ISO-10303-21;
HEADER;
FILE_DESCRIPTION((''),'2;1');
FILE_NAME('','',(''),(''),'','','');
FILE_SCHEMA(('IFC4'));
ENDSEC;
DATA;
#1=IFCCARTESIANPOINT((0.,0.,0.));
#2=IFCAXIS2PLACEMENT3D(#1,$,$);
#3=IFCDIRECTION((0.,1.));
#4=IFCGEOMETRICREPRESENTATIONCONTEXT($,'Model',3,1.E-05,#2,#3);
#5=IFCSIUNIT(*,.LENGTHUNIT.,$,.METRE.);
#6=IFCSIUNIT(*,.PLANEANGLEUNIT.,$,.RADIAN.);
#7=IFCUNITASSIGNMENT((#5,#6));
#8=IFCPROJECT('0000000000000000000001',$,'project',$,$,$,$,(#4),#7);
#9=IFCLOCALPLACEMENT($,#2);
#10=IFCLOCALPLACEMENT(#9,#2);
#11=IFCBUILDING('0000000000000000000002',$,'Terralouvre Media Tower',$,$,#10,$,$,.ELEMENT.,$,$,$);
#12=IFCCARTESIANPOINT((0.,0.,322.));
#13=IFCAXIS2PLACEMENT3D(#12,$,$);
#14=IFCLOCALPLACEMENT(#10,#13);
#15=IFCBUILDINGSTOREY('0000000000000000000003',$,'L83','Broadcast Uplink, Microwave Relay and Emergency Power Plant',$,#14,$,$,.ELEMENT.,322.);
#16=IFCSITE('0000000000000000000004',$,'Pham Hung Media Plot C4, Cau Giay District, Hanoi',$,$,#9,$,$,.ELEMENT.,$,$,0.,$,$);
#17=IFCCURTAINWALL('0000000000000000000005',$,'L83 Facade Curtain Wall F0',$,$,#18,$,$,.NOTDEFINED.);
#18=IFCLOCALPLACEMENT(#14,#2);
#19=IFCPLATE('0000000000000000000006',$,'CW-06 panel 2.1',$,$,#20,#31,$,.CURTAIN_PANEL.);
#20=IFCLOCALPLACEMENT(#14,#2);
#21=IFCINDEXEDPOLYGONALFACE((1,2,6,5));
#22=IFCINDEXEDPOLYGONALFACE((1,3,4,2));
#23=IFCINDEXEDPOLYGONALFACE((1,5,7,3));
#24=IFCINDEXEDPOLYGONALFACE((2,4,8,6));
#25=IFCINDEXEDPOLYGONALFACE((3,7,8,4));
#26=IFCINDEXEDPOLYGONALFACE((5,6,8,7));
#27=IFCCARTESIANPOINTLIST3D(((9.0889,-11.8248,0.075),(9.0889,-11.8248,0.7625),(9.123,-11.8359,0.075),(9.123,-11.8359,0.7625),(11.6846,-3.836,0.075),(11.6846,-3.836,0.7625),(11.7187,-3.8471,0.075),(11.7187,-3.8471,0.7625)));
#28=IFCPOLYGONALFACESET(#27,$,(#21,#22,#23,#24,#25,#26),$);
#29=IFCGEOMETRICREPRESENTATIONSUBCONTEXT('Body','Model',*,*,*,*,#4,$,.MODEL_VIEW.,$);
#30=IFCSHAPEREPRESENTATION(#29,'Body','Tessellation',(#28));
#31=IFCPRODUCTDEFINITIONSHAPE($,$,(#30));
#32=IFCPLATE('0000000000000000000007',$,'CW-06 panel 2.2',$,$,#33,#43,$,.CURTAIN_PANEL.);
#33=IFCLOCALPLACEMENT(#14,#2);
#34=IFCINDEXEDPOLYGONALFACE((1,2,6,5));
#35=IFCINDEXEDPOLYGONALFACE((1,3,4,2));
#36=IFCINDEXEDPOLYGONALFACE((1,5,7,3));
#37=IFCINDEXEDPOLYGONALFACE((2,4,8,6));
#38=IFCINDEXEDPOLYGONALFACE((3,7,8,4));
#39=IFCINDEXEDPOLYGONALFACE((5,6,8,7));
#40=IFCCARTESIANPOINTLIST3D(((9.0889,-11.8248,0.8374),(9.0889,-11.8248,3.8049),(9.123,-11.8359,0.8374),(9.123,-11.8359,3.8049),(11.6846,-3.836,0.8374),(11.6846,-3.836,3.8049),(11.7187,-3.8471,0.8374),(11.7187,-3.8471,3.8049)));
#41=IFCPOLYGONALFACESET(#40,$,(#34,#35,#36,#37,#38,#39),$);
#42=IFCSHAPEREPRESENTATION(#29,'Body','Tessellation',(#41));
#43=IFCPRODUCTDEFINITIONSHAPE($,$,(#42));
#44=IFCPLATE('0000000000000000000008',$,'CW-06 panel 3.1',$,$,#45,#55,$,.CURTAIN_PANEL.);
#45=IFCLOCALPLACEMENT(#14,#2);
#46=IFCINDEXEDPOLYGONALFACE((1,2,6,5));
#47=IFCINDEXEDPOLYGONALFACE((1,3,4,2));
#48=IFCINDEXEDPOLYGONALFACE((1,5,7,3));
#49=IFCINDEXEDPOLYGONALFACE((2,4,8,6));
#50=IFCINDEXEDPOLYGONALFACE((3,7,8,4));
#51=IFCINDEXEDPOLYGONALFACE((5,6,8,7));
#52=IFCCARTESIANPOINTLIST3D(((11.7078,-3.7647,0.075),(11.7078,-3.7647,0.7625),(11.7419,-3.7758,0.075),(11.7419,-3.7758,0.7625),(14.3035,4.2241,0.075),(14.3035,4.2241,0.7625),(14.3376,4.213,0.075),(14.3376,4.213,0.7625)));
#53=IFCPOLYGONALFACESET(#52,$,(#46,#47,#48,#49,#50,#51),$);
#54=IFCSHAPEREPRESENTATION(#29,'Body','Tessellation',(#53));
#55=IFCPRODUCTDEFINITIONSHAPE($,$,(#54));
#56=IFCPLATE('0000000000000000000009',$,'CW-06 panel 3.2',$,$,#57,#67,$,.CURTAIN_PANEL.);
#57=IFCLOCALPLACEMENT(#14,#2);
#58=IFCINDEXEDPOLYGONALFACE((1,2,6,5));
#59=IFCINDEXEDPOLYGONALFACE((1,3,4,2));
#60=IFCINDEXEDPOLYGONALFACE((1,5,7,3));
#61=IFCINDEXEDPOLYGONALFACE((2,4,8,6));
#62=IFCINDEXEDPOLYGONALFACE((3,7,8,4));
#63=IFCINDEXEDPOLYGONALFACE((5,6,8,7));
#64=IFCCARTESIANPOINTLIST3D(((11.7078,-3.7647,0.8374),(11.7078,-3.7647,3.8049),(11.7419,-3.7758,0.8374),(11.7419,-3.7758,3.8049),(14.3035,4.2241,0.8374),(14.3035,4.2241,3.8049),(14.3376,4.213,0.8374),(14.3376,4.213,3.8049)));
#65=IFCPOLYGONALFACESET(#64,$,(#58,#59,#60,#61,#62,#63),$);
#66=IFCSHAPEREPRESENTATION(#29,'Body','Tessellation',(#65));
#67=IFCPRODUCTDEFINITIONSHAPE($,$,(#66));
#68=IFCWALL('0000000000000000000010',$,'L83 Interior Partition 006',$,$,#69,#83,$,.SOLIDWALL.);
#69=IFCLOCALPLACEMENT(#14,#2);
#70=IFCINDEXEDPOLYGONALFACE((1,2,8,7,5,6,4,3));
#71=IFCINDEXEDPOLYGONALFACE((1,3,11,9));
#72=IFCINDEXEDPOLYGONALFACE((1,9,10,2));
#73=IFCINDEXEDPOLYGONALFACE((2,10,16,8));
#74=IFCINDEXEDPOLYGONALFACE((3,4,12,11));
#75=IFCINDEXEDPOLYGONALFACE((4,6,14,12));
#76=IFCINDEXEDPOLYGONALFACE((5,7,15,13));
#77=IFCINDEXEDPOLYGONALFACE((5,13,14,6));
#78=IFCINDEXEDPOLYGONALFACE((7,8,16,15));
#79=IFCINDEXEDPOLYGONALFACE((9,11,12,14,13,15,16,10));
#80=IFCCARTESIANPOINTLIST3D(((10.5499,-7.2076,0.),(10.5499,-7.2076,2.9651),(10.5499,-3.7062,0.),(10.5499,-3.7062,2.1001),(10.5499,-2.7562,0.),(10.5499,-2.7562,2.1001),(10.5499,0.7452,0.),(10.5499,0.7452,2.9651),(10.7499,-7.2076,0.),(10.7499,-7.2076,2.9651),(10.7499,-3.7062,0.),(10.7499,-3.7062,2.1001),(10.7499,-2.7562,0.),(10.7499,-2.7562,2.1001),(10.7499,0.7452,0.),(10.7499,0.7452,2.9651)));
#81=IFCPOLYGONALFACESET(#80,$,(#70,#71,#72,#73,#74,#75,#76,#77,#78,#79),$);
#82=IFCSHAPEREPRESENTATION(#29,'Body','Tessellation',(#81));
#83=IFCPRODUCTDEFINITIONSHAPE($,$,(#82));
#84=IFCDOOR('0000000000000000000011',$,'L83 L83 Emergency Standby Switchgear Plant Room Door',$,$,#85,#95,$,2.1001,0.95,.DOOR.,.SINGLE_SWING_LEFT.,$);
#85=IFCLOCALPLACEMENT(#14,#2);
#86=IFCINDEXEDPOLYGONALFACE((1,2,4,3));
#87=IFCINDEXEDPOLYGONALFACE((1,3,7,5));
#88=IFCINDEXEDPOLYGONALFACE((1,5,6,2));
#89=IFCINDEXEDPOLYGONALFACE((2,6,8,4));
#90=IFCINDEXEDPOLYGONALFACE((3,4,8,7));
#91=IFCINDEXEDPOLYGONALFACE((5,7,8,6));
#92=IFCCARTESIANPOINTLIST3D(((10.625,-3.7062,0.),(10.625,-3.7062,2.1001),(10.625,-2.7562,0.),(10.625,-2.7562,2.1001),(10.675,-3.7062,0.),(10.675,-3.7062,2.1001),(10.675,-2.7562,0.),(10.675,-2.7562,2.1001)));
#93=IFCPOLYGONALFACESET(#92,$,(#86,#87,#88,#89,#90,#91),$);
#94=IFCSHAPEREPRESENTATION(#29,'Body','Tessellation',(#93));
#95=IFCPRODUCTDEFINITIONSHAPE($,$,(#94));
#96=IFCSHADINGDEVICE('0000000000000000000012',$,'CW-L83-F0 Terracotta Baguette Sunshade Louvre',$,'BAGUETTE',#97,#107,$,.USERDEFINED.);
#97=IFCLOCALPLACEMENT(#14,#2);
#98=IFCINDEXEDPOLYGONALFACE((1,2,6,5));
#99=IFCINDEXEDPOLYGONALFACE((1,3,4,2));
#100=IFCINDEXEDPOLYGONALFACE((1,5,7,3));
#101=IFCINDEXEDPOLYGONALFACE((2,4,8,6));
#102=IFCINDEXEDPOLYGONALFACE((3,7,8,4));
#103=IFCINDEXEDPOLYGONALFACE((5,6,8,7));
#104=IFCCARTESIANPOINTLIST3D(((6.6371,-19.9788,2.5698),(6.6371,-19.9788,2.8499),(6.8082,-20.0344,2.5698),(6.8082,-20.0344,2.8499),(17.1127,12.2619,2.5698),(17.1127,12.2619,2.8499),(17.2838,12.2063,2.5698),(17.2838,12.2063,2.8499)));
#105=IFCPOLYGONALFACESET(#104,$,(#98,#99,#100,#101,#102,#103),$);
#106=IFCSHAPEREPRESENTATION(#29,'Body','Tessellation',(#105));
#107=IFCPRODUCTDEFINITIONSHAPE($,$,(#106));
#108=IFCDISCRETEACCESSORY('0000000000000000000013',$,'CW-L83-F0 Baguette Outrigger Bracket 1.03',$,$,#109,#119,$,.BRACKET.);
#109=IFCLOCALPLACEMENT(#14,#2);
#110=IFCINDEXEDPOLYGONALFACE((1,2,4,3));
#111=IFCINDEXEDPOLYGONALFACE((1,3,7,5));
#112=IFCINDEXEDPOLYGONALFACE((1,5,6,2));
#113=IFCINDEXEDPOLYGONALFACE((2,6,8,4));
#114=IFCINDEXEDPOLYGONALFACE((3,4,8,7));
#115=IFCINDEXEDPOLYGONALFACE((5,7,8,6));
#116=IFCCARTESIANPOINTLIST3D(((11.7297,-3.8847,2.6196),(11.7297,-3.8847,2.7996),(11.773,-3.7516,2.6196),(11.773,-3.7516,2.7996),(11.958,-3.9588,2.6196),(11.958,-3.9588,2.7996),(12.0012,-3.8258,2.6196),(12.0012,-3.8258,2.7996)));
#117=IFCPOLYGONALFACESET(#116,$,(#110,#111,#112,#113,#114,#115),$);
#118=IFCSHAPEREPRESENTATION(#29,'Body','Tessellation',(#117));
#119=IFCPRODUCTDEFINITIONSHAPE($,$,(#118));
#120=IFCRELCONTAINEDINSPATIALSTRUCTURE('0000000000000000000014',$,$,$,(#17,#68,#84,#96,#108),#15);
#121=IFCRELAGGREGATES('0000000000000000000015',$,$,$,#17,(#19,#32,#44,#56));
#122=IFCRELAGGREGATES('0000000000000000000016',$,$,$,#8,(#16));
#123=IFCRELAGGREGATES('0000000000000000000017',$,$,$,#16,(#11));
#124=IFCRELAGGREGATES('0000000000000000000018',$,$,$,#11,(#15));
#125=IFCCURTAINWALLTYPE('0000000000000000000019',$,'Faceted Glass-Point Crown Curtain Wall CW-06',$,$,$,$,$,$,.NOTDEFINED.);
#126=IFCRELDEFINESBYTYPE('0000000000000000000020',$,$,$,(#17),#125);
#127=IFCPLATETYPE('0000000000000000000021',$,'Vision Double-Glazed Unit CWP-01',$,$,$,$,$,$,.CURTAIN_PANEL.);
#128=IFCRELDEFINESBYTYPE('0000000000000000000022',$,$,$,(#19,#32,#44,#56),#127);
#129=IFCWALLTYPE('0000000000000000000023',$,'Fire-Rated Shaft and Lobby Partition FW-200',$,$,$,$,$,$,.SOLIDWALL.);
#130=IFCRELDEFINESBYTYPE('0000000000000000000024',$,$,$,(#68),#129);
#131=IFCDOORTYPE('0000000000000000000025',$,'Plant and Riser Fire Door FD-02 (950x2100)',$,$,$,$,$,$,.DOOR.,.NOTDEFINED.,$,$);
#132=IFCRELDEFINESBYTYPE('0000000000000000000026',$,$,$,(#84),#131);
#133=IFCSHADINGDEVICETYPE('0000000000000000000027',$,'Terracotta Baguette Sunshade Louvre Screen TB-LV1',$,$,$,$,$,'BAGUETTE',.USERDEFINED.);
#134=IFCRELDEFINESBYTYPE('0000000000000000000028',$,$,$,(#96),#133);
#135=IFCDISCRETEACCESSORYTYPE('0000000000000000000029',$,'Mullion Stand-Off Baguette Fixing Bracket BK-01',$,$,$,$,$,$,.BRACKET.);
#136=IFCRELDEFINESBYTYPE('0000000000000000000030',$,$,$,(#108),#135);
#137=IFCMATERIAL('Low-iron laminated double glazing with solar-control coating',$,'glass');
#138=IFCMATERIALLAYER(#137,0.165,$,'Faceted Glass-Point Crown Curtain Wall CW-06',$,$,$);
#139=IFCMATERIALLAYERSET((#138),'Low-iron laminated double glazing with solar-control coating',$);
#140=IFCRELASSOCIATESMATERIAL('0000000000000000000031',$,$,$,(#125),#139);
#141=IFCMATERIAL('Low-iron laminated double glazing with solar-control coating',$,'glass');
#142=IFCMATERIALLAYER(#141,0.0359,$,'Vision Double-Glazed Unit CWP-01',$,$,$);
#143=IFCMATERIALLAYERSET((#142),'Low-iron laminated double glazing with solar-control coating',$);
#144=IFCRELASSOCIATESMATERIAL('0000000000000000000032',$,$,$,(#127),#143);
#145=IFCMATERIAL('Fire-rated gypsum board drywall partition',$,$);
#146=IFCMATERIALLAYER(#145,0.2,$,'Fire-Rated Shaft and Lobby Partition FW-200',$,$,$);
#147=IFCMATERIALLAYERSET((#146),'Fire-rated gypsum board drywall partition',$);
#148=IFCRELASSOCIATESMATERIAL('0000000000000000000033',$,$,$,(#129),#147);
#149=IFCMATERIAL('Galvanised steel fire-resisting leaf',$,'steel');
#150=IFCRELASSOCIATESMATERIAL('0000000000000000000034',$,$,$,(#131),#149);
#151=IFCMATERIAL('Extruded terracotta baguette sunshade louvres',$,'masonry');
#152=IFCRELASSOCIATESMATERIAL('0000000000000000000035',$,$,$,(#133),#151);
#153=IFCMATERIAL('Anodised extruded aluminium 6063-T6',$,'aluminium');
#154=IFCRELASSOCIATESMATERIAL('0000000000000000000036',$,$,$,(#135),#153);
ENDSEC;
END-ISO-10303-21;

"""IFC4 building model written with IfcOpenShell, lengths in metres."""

from ifc_helpers import new_model, si_unit, direction, frame, frame_2d, origin, origin_2d, place, context, subcontext, project, spatial, rectangle, extrude, material, layer, layer_set, type_object, element, fill, aggregate, save


model = new_model("IFC4")

# Units and contexts
model_context = context("Model", 3, precision=1e-05, world=origin(), true_north=direction((0.0, 1.0)))
body_context = subcontext(model_context, "Body", "Model", "MODEL_VIEW")
ifc_project = project(units=[si_unit("LENGTHUNIT", "METRE"), si_unit("PLANEANGLEUNIT", "RADIAN")], contexts=[model_context])

# Site, building, storey
site_placement = place(None, origin())
site = spatial("IfcSite", under=ifc_project, at=site_placement, Name="Pham Hung Media Plot C4, Cau Giay District, Hanoi", CompositionType="ELEMENT", RefElevation=0.0)
building_placement = place(site_placement, origin())
building = spatial("IfcBuilding", under=site, at=building_placement, Name="Terralouvre Media Tower", CompositionType="ELEMENT")
storey_placement = place(building_placement, frame((0.0, 0.0, 322.0)))
storey = spatial("IfcBuildingStorey", under=building, at=storey_placement, Name="L83", Description="Broadcast Uplink, Microwave Relay and Emergency Power Plant", CompositionType="ELEMENT", Elevation=322.0)

# Curtain wall
ifc_material_1 = material(Name="Low-iron laminated double glazing with solar-control coating", Category="glass")
ifc_layer_1 = layer(ifc_material_1, 0.165, Name="Faceted Glass-Point Crown Curtain Wall CW-06")
ifc_layer_set_1 = layer_set([ifc_layer_1], Name="Low-iron laminated double glazing with solar-control coating")
curtain_wall_type = type_object("IfcCurtainWallType", Name="Faceted Glass-Point Crown Curtain Wall CW-06", PredefinedType="NOTDEFINED", material=ifc_layer_set_1)
curtain_wall_placement = place(storey_placement, origin())
curtain_wall = element("IfcCurtainWall", 1, at=curtain_wall_placement, inside=storey, type_object=curtain_wall_type, Name="L83 Facade Curtain Wall F0", PredefinedType="NOTDEFINED")

# Plates
ifc_material_2 = material(Name="Low-iron laminated double glazing with solar-control coating", Category="glass")
ifc_layer_2 = layer(ifc_material_2, 0.0359, Name="Vision Double-Glazed Unit CWP-01")
ifc_layer_set_2 = layer_set([ifc_layer_2], Name="Low-iron laminated double glazing with solar-control coating")
plate_type = type_object("IfcPlateType", Name="Vision Double-Glazed Unit CWP-01", PredefinedType="CURTAIN_PANEL", material=ifc_layer_set_2)
plate_1_placement = place(storey_placement, frame((10.4038, -7.8359, 0.075), z_axis=(0.0, 0.0, 1.0), x_axis=(0.309017, 0.951057, 0.0)))
plate_1 = element("IfcPlate", 2, at=plate_1_placement, type_object=plate_type, Name="CW-06 panel 2.1", PredefinedType="CURTAIN_PANEL", context=body_context, shape_type="SweptSolid", body=[
    extrude(rectangle(XDim=8.3999, YDim=0.0359, at=origin_2d()), origin(), (0.0, 0.0, 1.0), 0.6875),
])
plate_2_placement = place(storey_placement, frame((10.4038, -7.8359, 0.8374), z_axis=(0.0, 0.0, 1.0), x_axis=(0.309017, 0.951057, 0.0)))
plate_2 = element("IfcPlate", 3, at=plate_2_placement, type_object=plate_type, Name="CW-06 panel 2.2", PredefinedType="CURTAIN_PANEL", context=body_context, shape_type="SweptSolid", body=[
    extrude(rectangle(XDim=8.3999, YDim=0.0359, at=origin_2d()), origin(), (0.0, 0.0, 1.0), 2.9675),
])
plate_3_placement = place(storey_placement, frame((13.0227, 0.2241, 0.075), z_axis=(0.0, 0.0, 1.0), x_axis=(0.309017, 0.951057, 0.0)))
plate_3 = element("IfcPlate", 4, at=plate_3_placement, type_object=plate_type, Name="CW-06 panel 3.1", PredefinedType="CURTAIN_PANEL", context=body_context, shape_type="SweptSolid", body=[
    extrude(rectangle(XDim=8.3999, YDim=0.0359, at=origin_2d()), origin(), (0.0, 0.0, 1.0), 0.6875),
])
plate_4_placement = place(storey_placement, frame((13.0227, 0.2241, 0.8374), z_axis=(0.0, 0.0, 1.0), x_axis=(0.309017, 0.951057, 0.0)))
plate_4 = element("IfcPlate", 5, at=plate_4_placement, type_object=plate_type, Name="CW-06 panel 3.2", PredefinedType="CURTAIN_PANEL", context=body_context, shape_type="SweptSolid", body=[
    extrude(rectangle(XDim=8.3999, YDim=0.0359, at=origin_2d()), origin(), (0.0, 0.0, 1.0), 2.9675),
])
aggregate(curtain_wall, [plate_1, plate_2, plate_3, plate_4])

# Wall, opening, door
ifc_material_3 = material(Name="Fire-rated gypsum board drywall partition")
ifc_layer_3 = layer(ifc_material_3, 0.2, Name="Fire-Rated Shaft and Lobby Partition FW-200")
ifc_layer_set_3 = layer_set([ifc_layer_3], Name="Fire-rated gypsum board drywall partition")
wall_type = type_object("IfcWallType", Name="Fire-Rated Shaft and Lobby Partition FW-200", PredefinedType="SOLIDWALL", material=ifc_layer_set_3)
wall_placement = place(storey_placement, frame((10.6499, -7.2078, 0.0), z_axis=(0.0, 0.0, 1.0), x_axis=(0.0, 1.0, 0.0)))
wall = element("IfcWall", 6, at=wall_placement, inside=storey, type_object=wall_type, Name="L83 Interior Partition 006", PredefinedType="SOLIDWALL", context=body_context, shape_type="SweptSolid", body=[
    extrude(rectangle(XDim=7.9529, YDim=0.2, at=frame_2d((3.9766, 0.0))), origin(), (0.0, 0.0, 1.0), 2.9651),
])
opening_placement = place(wall_placement, frame((3.5015, 0.0, 0.0)))
opening = element("IfcOpeningElement", 7, at=opening_placement, cuts=wall, PredefinedType="OPENING", context=body_context, shape_type="SweptSolid", body=[
    extrude(rectangle(XDim=0.95, YDim=2.1001, at=frame_2d((0.4751, 1.05))), frame((0.0, 0.1099, 0.0), z_axis=(0.0, -1.0, 0.0), x_axis=(1.0, 0.0, 0.0)), (0.0, 0.0, 1.0), 0.22),
])
ifc_material_4 = material(Name="Galvanised steel fire-resisting leaf", Category="steel")
door_type = type_object("IfcDoorType", Name="Plant and Riser Fire Door FD-02 (950x2100)", OperationType="NOTDEFINED", PredefinedType="DOOR", material=ifc_material_4)
door_placement = place(opening_placement, origin())
door = element("IfcDoor", 8, at=door_placement, inside=storey, type_object=door_type, Name="L83 L83 Emergency Standby Switchgear Plant Room Door", OperationType="SINGLE_SWING_LEFT", OverallHeight=2.1001, OverallWidth=0.95, PredefinedType="DOOR", context=body_context, shape_type="SweptSolid", body=[
    extrude(rectangle(XDim=0.95, YDim=2.1001, at=frame_2d((0.4751, 1.05))), frame((0.0, 0.0249, 0.0), z_axis=(0.0, -1.0, 0.0), x_axis=(1.0, 0.0, 0.0)), (0.0, 0.0, 1.0), 0.05),
])
fill(opening, door)

# Shading device
ifc_material_5 = material(Name="Extruded terracotta baguette sunshade louvres", Category="masonry")
shading_device_type = type_object("IfcShadingDeviceType", Name="Terracotta Baguette Sunshade Louvre Screen TB-LV1", ElementType="BAGUETTE", PredefinedType="USERDEFINED", material=ifc_material_5)
shading_device_placement = place(storey_placement, frame((11.9604, -3.8862, 2.5698), z_axis=(0.0, 0.0, 1.0), x_axis=(0.309017, 0.951057, 0.0)))
element("IfcShadingDevice", 9, at=shading_device_placement, inside=storey, type_object=shading_device_type, Name="CW-L83-F0 Terracotta Baguette Sunshade Louvre", ObjectType="BAGUETTE", PredefinedType="USERDEFINED", context=body_context, shape_type="SweptSolid", body=[
    extrude(rectangle(XDim=33.8999, YDim=0.1799, at=origin_2d()), origin(), (0.0, 0.0, 1.0), 0.28),
])

# Discrete accessory
ifc_material_6 = material(Name="Anodised extruded aluminium 6063-T6", Category="aluminium")
discrete_accessory_type = type_object("IfcDiscreteAccessoryType", Name="Mullion Stand-Off Baguette Fixing Bracket BK-01", PredefinedType="BRACKET", material=ifc_material_6)
discrete_accessory_placement = place(storey_placement, frame((11.8655, -3.8552, 2.6196), z_axis=(0.0, 0.0, 1.0), x_axis=(0.309017, 0.951057, 0.0)))
element("IfcDiscreteAccessory", 10, at=discrete_accessory_placement, inside=storey, type_object=discrete_accessory_type, Name="CW-L83-F0 Baguette Outrigger Bracket 1.03", PredefinedType="BRACKET", context=body_context, shape_type="SweptSolid", body=[
    extrude(rectangle(XDim=0.1399, YDim=0.24, at=origin_2d()), origin(), (0.0, 0.0, 1.0), 0.1799),
])

save(model, "model.ifc")
